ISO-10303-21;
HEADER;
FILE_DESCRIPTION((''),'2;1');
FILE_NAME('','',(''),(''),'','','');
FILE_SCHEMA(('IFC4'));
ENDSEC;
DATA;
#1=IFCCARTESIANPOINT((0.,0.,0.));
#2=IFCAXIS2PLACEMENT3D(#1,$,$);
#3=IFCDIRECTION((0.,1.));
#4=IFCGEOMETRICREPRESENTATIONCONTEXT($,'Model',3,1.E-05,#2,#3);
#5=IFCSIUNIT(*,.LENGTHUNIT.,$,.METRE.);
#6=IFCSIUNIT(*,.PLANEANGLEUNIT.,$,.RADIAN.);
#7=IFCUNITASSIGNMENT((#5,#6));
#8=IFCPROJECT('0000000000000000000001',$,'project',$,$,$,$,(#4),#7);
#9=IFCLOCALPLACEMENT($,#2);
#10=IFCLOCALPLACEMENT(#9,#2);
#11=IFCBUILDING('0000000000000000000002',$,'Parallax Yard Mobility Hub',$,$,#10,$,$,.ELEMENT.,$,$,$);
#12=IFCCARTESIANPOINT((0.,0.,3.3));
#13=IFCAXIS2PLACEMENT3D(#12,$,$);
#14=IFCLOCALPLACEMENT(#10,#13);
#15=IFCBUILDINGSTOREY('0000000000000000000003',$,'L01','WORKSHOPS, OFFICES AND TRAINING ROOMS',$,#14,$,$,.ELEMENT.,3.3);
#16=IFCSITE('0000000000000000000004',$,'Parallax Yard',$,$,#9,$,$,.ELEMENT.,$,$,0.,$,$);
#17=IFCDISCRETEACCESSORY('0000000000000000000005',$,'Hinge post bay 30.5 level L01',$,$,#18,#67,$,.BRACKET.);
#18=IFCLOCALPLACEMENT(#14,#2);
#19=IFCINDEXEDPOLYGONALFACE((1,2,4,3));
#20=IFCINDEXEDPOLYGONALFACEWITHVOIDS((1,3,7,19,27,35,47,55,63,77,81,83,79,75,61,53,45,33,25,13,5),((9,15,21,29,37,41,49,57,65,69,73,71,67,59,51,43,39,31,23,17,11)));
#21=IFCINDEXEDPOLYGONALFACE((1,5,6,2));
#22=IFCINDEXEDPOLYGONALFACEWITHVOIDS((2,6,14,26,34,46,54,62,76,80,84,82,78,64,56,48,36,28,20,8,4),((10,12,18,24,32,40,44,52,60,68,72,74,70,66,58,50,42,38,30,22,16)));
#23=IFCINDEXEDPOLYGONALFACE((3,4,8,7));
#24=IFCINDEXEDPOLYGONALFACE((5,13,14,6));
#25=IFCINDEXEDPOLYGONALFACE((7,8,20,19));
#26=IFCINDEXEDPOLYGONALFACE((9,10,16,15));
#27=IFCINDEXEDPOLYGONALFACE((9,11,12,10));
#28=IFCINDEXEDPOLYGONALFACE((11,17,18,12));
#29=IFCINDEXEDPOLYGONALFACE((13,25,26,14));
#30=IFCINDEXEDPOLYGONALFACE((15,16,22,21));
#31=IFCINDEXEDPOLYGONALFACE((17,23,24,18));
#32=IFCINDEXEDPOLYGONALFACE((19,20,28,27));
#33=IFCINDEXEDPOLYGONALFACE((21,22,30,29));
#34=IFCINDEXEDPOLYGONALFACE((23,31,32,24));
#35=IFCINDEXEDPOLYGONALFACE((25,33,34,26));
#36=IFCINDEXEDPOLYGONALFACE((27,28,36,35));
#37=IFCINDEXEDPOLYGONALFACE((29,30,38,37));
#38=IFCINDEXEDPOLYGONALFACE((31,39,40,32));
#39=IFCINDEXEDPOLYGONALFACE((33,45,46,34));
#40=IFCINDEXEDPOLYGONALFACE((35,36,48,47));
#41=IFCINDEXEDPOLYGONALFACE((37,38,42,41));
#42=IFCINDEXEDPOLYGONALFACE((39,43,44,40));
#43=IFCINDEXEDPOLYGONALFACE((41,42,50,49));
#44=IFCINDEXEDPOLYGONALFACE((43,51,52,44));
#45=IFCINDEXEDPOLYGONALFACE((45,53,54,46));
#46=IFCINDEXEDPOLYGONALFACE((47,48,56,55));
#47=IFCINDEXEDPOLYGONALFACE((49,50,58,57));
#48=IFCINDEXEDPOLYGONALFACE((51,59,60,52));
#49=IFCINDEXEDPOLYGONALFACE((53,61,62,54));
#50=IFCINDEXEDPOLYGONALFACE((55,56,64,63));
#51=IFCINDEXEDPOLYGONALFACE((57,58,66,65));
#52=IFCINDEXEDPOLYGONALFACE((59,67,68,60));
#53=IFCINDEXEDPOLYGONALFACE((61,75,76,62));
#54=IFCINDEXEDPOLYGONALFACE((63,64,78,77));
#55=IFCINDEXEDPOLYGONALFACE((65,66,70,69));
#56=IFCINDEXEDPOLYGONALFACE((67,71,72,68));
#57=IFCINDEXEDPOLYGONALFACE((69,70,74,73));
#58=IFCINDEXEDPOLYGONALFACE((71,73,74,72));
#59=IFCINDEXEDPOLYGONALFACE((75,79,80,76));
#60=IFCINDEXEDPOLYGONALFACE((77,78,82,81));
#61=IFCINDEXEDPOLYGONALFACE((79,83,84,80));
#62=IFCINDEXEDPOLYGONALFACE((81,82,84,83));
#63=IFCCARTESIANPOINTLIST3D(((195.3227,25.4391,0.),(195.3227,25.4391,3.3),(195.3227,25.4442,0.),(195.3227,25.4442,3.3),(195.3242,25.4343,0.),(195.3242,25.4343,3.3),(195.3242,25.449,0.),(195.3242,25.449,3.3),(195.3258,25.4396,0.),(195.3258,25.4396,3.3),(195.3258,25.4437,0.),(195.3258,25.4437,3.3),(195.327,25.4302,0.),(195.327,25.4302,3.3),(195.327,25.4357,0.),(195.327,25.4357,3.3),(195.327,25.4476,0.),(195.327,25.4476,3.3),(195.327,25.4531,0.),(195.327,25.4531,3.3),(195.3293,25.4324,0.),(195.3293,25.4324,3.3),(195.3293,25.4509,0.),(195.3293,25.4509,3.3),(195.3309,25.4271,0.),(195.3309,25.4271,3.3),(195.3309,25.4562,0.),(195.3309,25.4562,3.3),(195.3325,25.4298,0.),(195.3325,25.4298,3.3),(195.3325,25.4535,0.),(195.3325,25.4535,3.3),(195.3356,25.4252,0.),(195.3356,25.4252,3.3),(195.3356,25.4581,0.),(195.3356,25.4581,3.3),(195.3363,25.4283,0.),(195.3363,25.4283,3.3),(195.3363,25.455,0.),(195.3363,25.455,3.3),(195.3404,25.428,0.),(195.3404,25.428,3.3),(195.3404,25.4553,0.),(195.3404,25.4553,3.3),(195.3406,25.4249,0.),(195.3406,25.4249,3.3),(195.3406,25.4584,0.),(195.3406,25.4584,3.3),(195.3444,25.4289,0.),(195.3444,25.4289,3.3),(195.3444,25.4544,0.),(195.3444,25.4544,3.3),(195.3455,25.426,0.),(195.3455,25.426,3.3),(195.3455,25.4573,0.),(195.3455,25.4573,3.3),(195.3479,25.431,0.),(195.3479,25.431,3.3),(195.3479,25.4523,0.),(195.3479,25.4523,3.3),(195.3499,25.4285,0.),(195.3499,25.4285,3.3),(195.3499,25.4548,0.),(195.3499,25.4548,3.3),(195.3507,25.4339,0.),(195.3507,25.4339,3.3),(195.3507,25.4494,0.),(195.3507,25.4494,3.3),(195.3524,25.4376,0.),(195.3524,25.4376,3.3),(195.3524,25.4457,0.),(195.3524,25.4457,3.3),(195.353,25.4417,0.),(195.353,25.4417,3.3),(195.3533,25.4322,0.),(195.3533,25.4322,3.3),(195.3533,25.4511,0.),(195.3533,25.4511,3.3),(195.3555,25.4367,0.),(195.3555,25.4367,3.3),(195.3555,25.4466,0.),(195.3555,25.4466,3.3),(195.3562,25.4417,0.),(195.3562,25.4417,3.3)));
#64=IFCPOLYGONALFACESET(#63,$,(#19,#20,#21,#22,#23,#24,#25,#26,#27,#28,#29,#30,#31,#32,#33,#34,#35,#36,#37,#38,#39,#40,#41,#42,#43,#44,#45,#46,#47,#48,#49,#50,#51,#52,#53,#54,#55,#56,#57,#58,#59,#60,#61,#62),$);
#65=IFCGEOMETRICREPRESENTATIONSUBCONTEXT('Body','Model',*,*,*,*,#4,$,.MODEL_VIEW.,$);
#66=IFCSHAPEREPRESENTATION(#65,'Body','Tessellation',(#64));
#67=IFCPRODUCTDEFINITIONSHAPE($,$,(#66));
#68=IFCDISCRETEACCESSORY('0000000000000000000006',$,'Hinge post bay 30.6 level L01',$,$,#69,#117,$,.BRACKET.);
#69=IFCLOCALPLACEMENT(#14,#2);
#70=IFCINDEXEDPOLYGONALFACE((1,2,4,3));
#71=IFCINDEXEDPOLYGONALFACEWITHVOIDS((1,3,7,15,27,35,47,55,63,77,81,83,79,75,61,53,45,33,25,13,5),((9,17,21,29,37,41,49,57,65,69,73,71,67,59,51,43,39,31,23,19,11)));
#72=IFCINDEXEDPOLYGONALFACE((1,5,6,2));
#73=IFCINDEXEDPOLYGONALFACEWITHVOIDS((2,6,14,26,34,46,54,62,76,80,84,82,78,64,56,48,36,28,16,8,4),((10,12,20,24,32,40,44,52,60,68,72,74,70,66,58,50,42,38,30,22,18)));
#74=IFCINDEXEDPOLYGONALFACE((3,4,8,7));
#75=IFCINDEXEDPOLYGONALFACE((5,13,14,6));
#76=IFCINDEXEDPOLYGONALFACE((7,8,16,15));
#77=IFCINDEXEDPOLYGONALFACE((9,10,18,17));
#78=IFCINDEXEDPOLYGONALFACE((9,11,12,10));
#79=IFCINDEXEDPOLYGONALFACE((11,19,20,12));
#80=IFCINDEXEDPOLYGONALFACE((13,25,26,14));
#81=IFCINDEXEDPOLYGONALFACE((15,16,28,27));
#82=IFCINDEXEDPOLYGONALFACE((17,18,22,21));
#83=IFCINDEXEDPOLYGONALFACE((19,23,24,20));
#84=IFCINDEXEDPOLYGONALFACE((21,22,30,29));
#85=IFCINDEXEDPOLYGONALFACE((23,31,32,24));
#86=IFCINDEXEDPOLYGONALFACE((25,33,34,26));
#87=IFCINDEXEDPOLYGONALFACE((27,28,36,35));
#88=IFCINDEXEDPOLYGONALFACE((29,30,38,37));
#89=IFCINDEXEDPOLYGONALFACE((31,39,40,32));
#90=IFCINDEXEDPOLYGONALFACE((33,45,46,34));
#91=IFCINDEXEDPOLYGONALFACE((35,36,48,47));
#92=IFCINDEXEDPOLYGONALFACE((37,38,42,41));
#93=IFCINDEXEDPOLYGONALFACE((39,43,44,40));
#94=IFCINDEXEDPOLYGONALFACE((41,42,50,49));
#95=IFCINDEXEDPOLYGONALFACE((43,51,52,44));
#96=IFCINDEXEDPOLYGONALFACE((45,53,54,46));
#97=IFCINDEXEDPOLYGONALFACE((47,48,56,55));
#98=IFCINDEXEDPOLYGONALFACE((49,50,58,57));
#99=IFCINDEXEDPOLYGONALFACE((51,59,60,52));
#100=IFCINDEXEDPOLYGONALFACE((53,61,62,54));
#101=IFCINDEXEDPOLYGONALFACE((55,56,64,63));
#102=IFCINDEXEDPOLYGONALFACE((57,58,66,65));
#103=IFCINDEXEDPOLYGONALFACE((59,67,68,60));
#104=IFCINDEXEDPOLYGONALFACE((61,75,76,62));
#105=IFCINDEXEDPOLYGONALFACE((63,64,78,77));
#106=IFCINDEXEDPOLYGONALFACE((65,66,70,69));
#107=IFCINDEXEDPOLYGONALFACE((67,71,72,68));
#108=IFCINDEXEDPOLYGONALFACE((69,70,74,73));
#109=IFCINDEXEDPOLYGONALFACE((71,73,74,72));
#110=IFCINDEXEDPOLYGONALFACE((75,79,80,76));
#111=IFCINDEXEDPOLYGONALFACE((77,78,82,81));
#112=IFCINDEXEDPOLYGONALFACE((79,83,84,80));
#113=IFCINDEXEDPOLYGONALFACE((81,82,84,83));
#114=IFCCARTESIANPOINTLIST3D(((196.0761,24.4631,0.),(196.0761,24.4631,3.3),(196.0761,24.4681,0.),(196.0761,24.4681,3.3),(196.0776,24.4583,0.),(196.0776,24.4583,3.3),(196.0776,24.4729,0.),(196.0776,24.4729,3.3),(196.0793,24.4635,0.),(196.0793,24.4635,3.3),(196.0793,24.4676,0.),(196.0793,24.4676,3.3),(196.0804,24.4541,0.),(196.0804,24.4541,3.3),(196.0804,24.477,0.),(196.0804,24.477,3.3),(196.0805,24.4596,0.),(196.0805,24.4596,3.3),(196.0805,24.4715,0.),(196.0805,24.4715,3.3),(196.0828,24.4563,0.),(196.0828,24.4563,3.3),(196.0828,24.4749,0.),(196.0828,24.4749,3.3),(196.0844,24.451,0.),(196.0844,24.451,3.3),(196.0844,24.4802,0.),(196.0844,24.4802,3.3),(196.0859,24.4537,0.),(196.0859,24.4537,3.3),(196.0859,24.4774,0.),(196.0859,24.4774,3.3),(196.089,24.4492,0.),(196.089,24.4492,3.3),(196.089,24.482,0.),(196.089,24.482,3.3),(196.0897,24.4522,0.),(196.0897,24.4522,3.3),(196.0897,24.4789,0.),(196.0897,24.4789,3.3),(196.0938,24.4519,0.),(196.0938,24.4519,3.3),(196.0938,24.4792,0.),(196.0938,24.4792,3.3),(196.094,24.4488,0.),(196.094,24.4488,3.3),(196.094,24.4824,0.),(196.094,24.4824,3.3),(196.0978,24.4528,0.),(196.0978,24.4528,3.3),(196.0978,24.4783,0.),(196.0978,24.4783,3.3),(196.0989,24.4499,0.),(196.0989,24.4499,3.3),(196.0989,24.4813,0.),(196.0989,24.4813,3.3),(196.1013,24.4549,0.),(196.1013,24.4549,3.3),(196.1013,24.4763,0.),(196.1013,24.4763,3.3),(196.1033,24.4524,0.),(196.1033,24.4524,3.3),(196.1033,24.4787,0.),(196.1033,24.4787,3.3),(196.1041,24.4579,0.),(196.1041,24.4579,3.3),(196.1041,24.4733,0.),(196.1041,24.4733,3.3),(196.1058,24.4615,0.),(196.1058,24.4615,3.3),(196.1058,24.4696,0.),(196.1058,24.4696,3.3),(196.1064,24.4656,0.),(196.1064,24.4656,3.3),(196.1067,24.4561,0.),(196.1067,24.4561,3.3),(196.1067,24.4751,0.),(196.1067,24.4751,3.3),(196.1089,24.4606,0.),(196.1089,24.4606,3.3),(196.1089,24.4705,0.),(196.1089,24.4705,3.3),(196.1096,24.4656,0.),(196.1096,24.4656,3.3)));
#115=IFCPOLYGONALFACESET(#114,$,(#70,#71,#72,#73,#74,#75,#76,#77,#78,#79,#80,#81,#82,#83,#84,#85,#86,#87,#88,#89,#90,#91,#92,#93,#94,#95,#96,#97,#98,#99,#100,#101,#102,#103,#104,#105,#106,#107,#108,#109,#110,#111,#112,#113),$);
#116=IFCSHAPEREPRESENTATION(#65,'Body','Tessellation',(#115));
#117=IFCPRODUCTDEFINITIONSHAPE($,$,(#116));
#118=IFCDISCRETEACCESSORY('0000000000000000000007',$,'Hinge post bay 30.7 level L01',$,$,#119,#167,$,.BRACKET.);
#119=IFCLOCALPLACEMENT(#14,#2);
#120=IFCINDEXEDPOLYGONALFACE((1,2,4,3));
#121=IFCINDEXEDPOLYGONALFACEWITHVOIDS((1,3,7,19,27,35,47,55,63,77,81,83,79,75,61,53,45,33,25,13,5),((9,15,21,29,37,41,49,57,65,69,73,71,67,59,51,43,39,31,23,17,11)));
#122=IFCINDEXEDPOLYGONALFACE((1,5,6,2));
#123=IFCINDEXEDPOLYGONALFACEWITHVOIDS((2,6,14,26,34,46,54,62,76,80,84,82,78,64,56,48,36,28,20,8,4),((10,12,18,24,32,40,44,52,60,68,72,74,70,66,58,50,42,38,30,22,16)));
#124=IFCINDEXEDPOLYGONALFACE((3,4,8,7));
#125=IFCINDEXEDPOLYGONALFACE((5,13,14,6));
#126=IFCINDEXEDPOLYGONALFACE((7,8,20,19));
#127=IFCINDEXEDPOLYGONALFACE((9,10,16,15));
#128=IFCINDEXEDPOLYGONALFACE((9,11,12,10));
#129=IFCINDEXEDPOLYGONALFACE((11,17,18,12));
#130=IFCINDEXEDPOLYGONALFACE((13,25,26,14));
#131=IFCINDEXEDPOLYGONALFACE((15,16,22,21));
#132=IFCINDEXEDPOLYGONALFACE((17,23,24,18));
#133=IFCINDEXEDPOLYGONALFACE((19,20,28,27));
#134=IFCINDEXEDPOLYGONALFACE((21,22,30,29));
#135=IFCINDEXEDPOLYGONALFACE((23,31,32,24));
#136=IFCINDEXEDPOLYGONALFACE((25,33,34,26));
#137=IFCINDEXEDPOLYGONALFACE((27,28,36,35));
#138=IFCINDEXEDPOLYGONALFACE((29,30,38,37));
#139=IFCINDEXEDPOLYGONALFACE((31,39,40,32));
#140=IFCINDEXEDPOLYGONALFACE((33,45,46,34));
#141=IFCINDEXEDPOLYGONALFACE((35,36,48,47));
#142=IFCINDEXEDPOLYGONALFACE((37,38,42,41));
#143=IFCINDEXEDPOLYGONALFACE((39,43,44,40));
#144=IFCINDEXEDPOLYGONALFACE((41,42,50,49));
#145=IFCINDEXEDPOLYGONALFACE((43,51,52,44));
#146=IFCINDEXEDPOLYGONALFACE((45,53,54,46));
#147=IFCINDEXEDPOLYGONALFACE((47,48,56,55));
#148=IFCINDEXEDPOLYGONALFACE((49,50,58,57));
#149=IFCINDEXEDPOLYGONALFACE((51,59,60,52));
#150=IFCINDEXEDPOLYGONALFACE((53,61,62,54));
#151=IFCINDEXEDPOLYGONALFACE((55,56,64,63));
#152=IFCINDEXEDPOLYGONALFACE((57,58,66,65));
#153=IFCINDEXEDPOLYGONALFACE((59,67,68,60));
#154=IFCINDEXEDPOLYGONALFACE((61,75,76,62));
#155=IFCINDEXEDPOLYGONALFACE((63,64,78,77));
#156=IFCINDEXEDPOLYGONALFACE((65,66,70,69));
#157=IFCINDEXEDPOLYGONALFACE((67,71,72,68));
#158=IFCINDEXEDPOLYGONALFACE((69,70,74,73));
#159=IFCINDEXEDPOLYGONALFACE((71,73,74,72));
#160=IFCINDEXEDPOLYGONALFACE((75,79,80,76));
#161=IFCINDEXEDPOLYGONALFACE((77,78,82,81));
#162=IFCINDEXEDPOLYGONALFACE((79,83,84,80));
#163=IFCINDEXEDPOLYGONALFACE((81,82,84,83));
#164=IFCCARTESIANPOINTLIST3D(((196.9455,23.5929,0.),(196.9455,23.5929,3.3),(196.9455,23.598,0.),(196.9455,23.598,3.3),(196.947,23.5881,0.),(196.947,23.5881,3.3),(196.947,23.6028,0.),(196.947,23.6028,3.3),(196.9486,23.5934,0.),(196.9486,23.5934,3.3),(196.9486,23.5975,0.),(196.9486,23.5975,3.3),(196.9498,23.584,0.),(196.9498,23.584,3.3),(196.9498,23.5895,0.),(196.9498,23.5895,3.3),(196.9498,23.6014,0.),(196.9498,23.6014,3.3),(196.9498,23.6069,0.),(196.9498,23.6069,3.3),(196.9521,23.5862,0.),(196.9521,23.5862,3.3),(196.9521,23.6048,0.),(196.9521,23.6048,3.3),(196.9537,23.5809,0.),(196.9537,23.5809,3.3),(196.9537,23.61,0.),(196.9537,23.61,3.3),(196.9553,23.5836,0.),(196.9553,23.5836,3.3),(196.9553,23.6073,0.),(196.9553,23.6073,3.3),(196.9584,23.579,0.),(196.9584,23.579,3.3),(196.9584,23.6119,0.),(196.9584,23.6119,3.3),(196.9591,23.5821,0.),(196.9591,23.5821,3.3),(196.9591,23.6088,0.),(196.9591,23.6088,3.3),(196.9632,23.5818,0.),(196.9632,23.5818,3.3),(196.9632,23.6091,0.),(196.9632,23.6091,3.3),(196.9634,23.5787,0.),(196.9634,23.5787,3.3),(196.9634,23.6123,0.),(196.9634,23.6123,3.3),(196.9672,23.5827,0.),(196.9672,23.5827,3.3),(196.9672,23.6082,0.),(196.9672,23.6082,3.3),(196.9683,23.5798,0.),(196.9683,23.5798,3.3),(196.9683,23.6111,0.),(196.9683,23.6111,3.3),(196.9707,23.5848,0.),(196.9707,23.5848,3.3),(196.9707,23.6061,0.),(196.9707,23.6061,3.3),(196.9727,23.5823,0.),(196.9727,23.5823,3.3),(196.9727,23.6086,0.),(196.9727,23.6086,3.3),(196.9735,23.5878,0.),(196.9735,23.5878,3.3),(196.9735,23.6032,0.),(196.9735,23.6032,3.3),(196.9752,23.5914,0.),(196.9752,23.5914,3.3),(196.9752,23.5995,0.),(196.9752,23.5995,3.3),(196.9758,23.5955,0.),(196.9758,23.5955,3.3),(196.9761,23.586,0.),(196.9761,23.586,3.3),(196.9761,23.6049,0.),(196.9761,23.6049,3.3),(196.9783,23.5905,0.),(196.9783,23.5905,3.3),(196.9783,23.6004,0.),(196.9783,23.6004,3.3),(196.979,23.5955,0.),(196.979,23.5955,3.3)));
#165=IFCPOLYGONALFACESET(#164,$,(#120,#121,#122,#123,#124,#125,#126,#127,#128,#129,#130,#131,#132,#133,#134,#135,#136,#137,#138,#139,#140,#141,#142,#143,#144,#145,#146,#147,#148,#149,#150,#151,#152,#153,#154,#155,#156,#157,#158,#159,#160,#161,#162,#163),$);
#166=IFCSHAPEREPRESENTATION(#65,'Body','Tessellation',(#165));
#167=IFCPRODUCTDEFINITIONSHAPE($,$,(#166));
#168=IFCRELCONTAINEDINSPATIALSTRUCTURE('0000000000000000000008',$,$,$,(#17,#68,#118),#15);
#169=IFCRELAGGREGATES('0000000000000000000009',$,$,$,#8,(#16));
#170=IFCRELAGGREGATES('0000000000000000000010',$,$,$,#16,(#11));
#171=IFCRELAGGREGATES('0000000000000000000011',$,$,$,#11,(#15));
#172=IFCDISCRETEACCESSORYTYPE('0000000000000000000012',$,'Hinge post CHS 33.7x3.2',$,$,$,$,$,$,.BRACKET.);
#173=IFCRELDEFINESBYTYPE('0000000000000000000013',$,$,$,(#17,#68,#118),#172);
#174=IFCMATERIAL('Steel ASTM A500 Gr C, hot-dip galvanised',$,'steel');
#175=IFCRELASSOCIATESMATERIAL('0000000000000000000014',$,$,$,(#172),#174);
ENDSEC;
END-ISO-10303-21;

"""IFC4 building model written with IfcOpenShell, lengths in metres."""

from ifc_helpers import new_model, si_unit, direction, frame, origin, origin_2d, place, context, subcontext, project, spatial, hollow_circle, extrude, material, material_profile, profile_set, type_object, element, save


model = new_model("IFC4")

# Units and contexts
model_context = context("Model", 3, precision=1e-05, world=origin(), true_north=direction((0.0, 1.0)))
body_context = subcontext(model_context, "Body", "Model", "MODEL_VIEW")
ifc_project = project(units=[si_unit("LENGTHUNIT", "METRE"), si_unit("PLANEANGLEUNIT", "RADIAN")], contexts=[model_context])

# Site, building, storey
site_placement = place(None, origin())
site = spatial("IfcSite", under=ifc_project, at=site_placement, Name="Parallax Yard", CompositionType="ELEMENT", RefElevation=0.0)
building_placement = place(site_placement, origin())
building = spatial("IfcBuilding", under=site, at=building_placement, Name="Parallax Yard Mobility Hub", CompositionType="ELEMENT")
storey_placement = place(building_placement, frame((0.0, 0.0, 3.3)))
storey = spatial("IfcBuildingStorey", under=building, at=storey_placement, Name="L01", Description="WORKSHOPS, OFFICES AND TRAINING ROOMS", CompositionType="ELEMENT", Elevation=3.3)

# Discrete accessories
ifc_material_1 = material(Name="Steel ASTM A500 Gr C, hot-dip galvanised", Category="steel")
ifc_material_profile_1 = material_profile(ifc_material_1, hollow_circle(Radius=0.0168, WallThickness=0.0032, at=origin_2d()), Name="CHS 33.7x3.2")
ifc_profile_set_1 = profile_set([ifc_material_profile_1], Name="Steel ASTM A500 Gr C, hot-dip galvanised")
discrete_accessory_type_1 = type_object("IfcDiscreteAccessoryType", Name="Hinge post CHS 33.7x3.2", PredefinedType="BRACKET", material=ifc_profile_set_1)
for number, where, z_axis, x_axis, name in (
    (1, (195.3394, 25.4417, 0.0), (0.0, 0.0, 1.0), (1.0, 0.0, 0.0), "Hinge post bay 30.5 level L01"),
    (2, (196.0928, 24.4656, 0.0), (0.0, 0.0, 1.0), (1.0, 0.0, 0.0), "Hinge post bay 30.6 level L01"),
    (3, (196.9622, 23.5955, 0.0), (0.0, 0.0, 1.0), (1.0, 0.0, 0.0), "Hinge post bay 30.7 level L01"),
):
    element("IfcDiscreteAccessory", number, at=place(storey_placement, frame(where, z_axis=z_axis, x_axis=x_axis)), inside=storey, type_object=discrete_accessory_type_1, Name=name, PredefinedType="BRACKET", context=body_context, shape_type="SweptSolid", body=[
        extrude(hollow_circle(Radius=0.0168, WallThickness=0.0032, at=origin_2d()), origin(), (0.0, 0.0, 1.0), 3.3),
    ])

save(model, "model.ifc")
